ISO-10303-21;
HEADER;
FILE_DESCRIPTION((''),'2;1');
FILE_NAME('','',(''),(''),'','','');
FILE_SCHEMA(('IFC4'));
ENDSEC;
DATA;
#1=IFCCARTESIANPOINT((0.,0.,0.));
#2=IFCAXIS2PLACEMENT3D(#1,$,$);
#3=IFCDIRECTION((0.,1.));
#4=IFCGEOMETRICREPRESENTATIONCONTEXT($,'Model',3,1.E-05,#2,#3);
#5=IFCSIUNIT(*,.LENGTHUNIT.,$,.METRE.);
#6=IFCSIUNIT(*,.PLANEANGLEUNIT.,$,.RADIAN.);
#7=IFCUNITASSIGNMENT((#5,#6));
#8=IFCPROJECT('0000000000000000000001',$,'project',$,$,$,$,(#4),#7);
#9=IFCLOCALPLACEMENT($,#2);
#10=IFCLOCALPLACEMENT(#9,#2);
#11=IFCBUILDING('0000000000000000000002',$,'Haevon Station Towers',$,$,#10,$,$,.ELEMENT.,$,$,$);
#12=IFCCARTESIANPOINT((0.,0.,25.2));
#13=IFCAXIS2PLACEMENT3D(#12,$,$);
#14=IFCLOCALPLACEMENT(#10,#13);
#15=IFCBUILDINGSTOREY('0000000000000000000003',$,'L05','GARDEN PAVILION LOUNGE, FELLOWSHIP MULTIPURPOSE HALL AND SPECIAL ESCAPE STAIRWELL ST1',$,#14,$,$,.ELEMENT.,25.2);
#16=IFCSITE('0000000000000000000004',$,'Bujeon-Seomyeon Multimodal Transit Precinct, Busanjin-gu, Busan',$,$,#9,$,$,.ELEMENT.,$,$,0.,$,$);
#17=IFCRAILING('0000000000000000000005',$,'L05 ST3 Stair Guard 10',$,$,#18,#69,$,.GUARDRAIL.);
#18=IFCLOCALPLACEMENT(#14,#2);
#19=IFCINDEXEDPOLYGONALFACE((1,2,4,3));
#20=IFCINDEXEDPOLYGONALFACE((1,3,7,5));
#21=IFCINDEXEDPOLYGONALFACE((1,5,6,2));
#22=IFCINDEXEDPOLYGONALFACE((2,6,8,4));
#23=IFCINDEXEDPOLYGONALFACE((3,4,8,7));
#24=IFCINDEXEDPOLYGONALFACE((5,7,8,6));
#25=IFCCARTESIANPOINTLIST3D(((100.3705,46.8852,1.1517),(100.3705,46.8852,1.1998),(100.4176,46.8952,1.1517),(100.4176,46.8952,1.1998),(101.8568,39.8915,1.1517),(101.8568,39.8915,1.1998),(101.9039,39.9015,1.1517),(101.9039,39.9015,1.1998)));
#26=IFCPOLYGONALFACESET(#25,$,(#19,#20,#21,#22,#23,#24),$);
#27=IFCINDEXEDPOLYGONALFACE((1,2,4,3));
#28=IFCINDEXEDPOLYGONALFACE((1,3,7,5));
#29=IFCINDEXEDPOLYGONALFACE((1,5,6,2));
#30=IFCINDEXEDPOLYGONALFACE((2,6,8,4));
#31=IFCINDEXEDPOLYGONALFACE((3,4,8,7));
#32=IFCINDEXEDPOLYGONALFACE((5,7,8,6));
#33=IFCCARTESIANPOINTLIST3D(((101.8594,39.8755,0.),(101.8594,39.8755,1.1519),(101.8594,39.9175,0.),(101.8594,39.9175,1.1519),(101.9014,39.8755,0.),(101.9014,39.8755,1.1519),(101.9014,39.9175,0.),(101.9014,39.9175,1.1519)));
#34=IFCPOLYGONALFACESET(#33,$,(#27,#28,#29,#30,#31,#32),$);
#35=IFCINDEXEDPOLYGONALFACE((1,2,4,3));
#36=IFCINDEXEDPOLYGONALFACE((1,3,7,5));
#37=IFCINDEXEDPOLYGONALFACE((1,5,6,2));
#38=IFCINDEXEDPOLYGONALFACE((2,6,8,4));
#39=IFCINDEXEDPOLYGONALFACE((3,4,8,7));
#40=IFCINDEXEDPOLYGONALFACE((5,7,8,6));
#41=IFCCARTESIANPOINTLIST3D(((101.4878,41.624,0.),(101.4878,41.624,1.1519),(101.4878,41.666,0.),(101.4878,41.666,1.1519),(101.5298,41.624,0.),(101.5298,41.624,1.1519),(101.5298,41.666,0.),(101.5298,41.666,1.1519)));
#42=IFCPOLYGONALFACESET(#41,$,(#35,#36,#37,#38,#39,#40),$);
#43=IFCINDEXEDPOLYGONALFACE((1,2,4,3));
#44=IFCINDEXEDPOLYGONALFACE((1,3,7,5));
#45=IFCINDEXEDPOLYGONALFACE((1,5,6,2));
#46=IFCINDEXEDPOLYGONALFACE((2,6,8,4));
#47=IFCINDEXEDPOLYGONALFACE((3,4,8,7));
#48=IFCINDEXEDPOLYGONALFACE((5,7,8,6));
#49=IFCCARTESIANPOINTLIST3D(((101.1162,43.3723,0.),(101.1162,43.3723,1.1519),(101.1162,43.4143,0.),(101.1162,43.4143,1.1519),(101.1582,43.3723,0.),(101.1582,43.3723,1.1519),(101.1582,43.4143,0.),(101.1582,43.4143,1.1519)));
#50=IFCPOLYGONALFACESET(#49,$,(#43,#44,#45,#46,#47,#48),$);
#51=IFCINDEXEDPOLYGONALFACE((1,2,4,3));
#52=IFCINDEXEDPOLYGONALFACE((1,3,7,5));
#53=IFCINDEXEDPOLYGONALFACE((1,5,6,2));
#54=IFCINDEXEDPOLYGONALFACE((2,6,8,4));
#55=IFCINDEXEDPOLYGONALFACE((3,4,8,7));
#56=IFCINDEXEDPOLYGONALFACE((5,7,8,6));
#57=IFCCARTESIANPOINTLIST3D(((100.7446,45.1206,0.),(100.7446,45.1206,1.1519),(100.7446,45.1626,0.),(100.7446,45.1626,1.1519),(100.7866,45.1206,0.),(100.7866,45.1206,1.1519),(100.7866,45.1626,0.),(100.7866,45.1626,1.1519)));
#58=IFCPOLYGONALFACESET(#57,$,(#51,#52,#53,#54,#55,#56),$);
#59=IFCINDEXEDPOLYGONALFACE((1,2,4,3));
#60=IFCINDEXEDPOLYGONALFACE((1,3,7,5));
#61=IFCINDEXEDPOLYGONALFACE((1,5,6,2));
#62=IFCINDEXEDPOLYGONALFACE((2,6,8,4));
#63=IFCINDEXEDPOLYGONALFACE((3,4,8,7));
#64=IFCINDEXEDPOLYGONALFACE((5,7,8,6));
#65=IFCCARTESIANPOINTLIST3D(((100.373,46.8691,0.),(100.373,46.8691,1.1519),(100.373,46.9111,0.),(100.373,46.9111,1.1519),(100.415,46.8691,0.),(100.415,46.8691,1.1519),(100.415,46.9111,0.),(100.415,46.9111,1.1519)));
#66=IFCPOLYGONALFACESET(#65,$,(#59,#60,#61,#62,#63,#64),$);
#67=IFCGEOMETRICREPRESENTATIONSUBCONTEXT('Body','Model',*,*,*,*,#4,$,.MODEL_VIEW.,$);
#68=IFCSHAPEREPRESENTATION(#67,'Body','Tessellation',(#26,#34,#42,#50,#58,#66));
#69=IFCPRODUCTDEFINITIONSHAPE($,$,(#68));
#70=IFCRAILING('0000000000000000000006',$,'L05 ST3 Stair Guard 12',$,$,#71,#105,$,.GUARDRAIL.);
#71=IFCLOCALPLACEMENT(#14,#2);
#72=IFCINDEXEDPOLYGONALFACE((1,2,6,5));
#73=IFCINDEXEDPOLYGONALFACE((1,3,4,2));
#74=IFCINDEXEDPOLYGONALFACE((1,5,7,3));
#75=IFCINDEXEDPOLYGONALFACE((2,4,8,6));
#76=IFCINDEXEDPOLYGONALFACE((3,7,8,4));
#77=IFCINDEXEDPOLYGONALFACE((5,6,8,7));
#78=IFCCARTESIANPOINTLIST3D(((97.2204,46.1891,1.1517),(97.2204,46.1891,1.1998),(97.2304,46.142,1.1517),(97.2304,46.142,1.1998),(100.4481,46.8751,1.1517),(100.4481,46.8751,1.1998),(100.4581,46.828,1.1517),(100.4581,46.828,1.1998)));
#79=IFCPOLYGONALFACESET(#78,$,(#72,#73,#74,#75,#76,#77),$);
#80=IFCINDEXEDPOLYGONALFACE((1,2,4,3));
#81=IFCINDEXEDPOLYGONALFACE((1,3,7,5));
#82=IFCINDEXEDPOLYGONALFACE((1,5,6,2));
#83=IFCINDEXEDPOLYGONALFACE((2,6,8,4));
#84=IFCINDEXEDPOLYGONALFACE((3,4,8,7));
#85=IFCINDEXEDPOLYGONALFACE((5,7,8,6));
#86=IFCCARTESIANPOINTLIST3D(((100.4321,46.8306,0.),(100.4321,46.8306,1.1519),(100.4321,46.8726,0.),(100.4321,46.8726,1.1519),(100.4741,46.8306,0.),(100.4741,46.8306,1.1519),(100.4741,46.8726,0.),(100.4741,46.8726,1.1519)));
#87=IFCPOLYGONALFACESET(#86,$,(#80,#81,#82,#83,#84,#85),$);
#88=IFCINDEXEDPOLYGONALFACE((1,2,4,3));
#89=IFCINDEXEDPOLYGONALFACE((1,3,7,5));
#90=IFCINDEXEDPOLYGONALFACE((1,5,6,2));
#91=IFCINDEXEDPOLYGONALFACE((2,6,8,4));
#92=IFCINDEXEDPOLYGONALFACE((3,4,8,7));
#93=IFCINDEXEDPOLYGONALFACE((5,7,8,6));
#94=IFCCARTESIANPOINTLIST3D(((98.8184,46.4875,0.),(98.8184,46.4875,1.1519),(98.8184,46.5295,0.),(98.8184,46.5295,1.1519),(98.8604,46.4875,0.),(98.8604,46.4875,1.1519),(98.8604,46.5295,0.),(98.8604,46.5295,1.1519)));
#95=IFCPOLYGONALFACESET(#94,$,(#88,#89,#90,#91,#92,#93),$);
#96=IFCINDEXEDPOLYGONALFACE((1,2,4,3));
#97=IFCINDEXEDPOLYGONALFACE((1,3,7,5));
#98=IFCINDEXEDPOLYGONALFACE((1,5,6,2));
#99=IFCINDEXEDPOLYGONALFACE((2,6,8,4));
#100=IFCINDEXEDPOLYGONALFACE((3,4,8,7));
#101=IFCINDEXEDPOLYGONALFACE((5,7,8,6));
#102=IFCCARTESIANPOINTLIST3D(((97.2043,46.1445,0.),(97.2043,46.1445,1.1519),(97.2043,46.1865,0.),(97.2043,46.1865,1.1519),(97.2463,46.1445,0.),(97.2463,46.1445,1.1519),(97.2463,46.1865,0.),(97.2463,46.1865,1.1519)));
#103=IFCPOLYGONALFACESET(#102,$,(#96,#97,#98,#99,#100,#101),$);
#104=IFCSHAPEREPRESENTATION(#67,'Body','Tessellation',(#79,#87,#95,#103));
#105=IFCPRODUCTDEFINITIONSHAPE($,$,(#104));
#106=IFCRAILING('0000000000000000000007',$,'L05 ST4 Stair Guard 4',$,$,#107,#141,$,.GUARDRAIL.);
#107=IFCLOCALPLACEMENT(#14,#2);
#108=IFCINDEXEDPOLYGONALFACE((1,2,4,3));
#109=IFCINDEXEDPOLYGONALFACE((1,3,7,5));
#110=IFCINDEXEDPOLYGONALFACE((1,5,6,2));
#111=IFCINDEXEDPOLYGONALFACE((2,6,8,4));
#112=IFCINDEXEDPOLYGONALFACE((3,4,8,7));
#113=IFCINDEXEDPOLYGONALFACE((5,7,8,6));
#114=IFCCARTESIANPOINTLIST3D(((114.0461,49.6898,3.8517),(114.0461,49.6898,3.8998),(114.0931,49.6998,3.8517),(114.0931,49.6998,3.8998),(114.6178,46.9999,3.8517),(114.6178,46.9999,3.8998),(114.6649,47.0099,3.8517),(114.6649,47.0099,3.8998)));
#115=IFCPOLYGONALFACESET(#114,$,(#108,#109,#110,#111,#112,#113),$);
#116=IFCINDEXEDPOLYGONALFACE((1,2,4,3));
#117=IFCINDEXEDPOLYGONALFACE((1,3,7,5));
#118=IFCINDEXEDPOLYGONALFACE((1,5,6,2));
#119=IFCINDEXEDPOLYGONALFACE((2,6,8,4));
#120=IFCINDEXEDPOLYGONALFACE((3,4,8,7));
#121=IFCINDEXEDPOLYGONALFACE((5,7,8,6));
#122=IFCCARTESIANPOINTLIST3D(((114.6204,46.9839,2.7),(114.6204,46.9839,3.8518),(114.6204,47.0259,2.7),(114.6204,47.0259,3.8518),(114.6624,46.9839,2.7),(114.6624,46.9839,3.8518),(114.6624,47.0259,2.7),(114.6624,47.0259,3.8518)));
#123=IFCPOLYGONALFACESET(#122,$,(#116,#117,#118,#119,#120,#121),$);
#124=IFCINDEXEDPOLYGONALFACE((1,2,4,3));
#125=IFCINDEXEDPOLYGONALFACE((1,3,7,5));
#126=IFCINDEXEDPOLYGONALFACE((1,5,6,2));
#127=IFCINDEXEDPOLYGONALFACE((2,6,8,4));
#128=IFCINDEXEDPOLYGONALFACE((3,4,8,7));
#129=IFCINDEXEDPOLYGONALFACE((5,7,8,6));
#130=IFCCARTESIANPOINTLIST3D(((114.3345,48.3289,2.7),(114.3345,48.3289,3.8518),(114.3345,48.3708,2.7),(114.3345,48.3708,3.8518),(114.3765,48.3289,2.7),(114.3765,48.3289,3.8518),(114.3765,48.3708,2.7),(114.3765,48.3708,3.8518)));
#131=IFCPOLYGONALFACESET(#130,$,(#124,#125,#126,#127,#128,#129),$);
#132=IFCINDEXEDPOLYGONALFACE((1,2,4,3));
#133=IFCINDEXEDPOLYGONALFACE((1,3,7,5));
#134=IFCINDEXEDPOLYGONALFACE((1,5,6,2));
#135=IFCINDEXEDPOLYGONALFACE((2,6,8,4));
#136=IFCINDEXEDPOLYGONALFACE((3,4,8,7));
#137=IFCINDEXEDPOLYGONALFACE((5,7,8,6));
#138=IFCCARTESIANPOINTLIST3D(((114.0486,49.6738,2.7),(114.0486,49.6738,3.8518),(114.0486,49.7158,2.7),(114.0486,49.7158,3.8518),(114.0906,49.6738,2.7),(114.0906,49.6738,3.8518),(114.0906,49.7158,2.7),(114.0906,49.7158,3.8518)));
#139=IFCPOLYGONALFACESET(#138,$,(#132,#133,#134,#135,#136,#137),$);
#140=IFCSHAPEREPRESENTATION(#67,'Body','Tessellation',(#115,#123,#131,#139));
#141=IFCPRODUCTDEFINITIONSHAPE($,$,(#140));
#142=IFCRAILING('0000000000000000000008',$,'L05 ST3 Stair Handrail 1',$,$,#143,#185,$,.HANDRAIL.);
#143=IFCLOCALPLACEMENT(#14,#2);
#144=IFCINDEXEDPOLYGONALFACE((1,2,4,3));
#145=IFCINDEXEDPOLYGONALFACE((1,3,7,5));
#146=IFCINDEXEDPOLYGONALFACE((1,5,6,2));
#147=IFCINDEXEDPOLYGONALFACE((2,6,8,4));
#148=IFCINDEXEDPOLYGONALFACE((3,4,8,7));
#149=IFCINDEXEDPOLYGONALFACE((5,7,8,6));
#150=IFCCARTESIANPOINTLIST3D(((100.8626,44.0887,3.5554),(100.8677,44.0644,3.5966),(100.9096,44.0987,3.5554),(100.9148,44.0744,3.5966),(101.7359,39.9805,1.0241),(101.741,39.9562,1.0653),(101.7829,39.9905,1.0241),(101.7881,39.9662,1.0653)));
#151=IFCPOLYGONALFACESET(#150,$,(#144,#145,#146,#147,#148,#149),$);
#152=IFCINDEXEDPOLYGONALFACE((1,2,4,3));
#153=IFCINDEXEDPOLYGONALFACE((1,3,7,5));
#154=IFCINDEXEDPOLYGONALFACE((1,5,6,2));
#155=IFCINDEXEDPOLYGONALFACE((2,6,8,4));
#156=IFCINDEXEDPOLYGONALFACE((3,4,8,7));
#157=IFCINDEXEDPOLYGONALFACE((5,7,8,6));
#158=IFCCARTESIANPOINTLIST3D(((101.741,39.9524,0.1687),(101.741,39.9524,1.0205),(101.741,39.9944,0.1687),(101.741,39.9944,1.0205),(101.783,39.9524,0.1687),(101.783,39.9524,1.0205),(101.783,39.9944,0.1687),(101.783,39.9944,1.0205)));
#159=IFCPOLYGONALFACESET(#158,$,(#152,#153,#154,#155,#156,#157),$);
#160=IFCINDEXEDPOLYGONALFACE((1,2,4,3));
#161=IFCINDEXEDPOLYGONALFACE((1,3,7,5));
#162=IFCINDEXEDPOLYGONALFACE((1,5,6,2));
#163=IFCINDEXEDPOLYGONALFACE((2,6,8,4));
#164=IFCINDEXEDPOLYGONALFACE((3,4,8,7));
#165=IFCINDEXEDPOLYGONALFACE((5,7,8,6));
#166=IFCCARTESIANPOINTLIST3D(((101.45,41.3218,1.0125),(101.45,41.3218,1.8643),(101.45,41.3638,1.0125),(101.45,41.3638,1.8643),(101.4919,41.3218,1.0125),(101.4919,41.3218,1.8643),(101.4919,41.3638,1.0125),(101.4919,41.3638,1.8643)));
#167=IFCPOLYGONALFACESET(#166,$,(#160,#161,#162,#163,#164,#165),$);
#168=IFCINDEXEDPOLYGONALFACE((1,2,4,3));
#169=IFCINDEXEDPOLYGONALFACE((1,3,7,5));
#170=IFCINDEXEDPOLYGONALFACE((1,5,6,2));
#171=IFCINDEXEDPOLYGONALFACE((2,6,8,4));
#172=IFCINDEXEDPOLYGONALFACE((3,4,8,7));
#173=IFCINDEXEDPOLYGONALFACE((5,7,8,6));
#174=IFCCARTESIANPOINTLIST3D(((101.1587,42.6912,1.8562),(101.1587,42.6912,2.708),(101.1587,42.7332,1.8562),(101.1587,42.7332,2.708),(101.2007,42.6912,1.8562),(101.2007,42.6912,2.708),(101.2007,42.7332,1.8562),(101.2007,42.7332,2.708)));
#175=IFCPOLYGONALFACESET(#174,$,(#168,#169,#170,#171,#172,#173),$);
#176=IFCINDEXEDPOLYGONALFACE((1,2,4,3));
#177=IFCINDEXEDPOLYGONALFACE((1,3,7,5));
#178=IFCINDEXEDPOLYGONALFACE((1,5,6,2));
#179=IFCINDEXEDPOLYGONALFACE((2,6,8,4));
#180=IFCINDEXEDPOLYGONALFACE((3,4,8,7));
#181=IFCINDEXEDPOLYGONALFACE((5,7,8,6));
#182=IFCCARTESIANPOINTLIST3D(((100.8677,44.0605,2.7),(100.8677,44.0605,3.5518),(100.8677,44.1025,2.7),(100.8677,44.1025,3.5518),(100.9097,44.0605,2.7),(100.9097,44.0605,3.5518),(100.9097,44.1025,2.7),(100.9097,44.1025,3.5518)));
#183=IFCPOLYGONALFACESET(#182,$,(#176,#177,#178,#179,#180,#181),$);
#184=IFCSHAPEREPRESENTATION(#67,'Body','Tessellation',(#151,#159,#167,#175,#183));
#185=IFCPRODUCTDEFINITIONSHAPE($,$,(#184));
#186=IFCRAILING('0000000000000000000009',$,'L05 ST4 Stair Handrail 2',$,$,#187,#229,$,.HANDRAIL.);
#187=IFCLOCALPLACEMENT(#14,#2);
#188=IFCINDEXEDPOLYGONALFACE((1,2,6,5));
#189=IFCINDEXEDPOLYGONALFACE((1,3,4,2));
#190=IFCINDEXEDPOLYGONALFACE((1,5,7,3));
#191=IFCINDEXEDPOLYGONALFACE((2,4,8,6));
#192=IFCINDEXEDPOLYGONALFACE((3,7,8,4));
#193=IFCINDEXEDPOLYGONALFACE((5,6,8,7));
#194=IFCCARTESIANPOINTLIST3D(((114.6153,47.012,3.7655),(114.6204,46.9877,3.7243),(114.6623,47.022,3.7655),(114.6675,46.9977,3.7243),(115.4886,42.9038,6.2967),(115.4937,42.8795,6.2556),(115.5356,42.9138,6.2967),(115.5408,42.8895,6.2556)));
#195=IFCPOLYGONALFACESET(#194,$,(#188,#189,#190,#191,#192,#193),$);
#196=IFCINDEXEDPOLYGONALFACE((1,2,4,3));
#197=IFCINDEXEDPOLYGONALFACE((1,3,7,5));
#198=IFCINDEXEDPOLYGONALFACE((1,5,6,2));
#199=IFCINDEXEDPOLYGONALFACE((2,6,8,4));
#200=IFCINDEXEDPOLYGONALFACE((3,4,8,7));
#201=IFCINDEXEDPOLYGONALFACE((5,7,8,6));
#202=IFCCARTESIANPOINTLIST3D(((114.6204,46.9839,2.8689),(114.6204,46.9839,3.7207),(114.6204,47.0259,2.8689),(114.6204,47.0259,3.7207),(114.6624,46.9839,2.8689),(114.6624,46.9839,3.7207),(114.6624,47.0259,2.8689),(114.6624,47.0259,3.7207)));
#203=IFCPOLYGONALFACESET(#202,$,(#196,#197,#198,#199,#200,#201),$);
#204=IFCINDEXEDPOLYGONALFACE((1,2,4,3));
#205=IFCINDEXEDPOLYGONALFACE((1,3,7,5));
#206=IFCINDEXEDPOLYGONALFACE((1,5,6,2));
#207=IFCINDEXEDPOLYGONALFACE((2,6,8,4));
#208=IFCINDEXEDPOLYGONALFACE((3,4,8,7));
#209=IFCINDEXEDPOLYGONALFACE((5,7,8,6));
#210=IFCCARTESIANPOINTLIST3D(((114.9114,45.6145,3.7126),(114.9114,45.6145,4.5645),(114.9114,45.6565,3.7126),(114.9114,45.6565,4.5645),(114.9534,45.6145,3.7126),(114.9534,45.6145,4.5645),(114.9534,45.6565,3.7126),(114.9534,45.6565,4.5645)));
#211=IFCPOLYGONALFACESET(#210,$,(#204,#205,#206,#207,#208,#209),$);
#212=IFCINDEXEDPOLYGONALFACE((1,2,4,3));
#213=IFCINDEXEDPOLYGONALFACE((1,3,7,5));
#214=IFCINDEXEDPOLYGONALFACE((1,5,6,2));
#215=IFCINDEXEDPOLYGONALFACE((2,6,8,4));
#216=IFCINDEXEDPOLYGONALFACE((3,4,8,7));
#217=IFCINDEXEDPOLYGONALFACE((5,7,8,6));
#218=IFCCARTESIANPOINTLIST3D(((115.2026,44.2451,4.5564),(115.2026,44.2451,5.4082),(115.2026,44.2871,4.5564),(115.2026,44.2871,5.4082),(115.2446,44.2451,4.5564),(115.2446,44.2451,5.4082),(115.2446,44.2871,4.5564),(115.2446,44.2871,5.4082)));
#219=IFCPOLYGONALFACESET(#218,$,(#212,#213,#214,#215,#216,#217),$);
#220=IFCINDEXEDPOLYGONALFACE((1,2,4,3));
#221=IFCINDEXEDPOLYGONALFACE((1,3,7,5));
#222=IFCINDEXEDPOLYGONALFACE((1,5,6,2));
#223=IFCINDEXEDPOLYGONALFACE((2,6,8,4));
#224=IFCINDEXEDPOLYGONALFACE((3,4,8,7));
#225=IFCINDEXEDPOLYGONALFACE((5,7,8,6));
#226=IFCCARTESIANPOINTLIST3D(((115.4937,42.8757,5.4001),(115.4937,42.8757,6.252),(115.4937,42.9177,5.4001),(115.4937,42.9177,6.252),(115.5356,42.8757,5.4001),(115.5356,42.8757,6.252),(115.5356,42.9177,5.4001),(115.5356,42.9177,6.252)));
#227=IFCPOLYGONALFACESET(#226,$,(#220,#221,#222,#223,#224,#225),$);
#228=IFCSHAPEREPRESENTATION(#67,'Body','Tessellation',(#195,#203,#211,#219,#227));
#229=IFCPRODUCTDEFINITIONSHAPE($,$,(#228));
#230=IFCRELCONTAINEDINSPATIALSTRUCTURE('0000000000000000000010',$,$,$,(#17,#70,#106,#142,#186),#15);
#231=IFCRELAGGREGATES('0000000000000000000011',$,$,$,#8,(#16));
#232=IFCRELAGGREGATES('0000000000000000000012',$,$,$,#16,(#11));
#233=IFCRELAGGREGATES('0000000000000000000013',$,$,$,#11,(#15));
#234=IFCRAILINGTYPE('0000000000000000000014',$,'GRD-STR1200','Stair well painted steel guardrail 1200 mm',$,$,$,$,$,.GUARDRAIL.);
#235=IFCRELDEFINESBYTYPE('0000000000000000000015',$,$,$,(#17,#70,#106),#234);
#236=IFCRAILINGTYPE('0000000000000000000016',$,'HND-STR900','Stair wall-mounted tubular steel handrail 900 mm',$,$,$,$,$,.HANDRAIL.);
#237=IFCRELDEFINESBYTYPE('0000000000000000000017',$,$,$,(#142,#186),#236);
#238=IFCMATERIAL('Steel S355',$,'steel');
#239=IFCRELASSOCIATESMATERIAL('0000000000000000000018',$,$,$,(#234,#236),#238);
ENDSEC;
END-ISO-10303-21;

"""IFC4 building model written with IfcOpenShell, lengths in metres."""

from ifc_helpers import new_model, si_unit, direction, frame, origin, origin_2d, place, context, subcontext, project, spatial, rectangle, extrude, material, type_object, element, save


model = new_model("IFC4")

# Units and contexts
model_context = context("Model", 3, precision=1e-05, world=origin(), true_north=direction((0.0, 1.0)))
body_context = subcontext(model_context, "Body", "Model", "MODEL_VIEW")
ifc_project = project(units=[si_unit("LENGTHUNIT", "METRE"), si_unit("PLANEANGLEUNIT", "RADIAN")], contexts=[model_context])

# Site, building, storey
site_placement = place(None, origin())
site = spatial("IfcSite", under=ifc_project, at=site_placement, Name="Bujeon-Seomyeon Multimodal Transit Precinct, Busanjin-gu, Busan", CompositionType="ELEMENT", RefElevation=0.0)
building_placement = place(site_placement, origin())
building = spatial("IfcBuilding", under=site, at=building_placement, Name="Haevon Station Towers", CompositionType="ELEMENT")
storey_placement = place(building_placement, frame((0.0, 0.0, 25.2)))
storey = spatial("IfcBuildingStorey", under=building, at=storey_placement, Name="L05", Description="GARDEN PAVILION LOUNGE, FELLOWSHIP MULTIPURPOSE HALL AND SPECIAL ESCAPE STAIRWELL ST1", CompositionType="ELEMENT", Elevation=25.2)

# Railings
ifc_material_1 = material(Name="Steel S355", Category="steel")
railing_type_1 = type_object("IfcRailingType", Name="GRD-STR1200", Description="Stair well painted steel guardrail 1200 mm", PredefinedType="GUARDRAIL", material=ifc_material_1)
railing_1_placement = place(storey_placement, frame((101.8804, 39.8965, 0.0)))
element("IfcRailing", 1, at=railing_1_placement, inside=storey, type_object=railing_type_1, Name="L05 ST3 Stair Guard 10", PredefinedType="GUARDRAIL", context=body_context, shape_type="SweptSolid", body=[
    extrude(rectangle(XDim=0.0481, YDim=0.0481, at=origin_2d()), frame((0.0, 0.0, 1.1758), z_axis=(-0.207882, 0.978154, 0.0), x_axis=(-0.978154, -0.207882, 0.0)), (0.0, 0.0, 1.0), 7.1499),
    extrude(rectangle(XDim=0.042, YDim=0.042, at=origin_2d()), origin(), (0.0, 0.0, 1.0), 1.1519),
    extrude(rectangle(XDim=0.042, YDim=0.042, at=origin_2d()), frame((-0.3716, 1.7485, 0.0)), (0.0, 0.0, 1.0), 1.1519),
    extrude(rectangle(XDim=0.042, YDim=0.042, at=origin_2d()), frame((-0.7432, 3.4968, 0.0)), (0.0, 0.0, 1.0), 1.1519),
    extrude(rectangle(XDim=0.042, YDim=0.042, at=origin_2d()), frame((-1.1147, 5.2451, 0.0)), (0.0, 0.0, 1.0), 1.1519),
    extrude(rectangle(XDim=0.042, YDim=0.042, at=origin_2d()), frame((-1.4863, 6.9937, 0.0)), (0.0, 0.0, 1.0), 1.1519),
])
railing_2_placement = place(storey_placement, frame((100.4531, 46.8516, 0.0)))
element("IfcRailing", 2, at=railing_2_placement, inside=storey, type_object=railing_type_1, Name="L05 ST3 Stair Guard 12", PredefinedType="GUARDRAIL", context=body_context, shape_type="SweptSolid", body=[
    extrude(rectangle(XDim=0.0481, YDim=0.0481, at=origin_2d()), frame((0.0, 0.0, 1.1758), z_axis=(-0.978151, -0.207897, 0.0), x_axis=(0.207897, -0.978151, 0.0)), (0.0, 0.0, 1.0), 3.2998),
    extrude(rectangle(XDim=0.042, YDim=0.042, at=origin_2d()), origin(), (0.0, 0.0, 1.0), 1.1519),
    extrude(rectangle(XDim=0.042, YDim=0.042, at=origin_2d()), frame((-1.6138, -0.343, 0.0)), (0.0, 0.0, 1.0), 1.1519),
    extrude(rectangle(XDim=0.042, YDim=0.042, at=origin_2d()), frame((-3.2278, -0.686, 0.0)), (0.0, 0.0, 1.0), 1.1519),
])
railing_3_placement = place(storey_placement, frame((114.6414, 47.0049, 2.7)))
element("IfcRailing", 3, at=railing_3_placement, inside=storey, type_object=railing_type_1, Name="L05 ST4 Stair Guard 4", PredefinedType="GUARDRAIL", context=body_context, shape_type="SweptSolid", body=[
    extrude(rectangle(XDim=0.0481, YDim=0.0481, at=origin_2d()), frame((0.0, 0.0, 1.1758), z_axis=(-0.207916, 0.978147, 0.0), x_axis=(-0.978147, -0.207916, 0.0)), (0.0, 0.0, 1.0), 2.75),
    extrude(rectangle(XDim=0.042, YDim=0.042, at=origin_2d()), origin(), (0.0, 0.0, 1.0), 1.1519),
    extrude(rectangle(XDim=0.042, YDim=0.042, at=origin_2d()), frame((-0.2859, 1.345, 0.0)), (0.0, 0.0, 1.0), 1.1519),
    extrude(rectangle(XDim=0.042, YDim=0.042, at=origin_2d()), frame((-0.5718, 2.6899, 0.0)), (0.0, 0.0, 1.0), 1.1519),
])
railing_type_2 = type_object("IfcRailingType", Name="HND-STR900", Description="Stair wall-mounted tubular steel handrail 900 mm", PredefinedType="HANDRAIL", material=ifc_material_1)
railing_4_placement = place(storey_placement, frame((101.762, 39.9734, 0.1687)))
element("IfcRailing", 4, at=railing_4_placement, inside=storey, type_object=railing_type_2, Name="L05 ST3 Stair Handrail 1", PredefinedType="HANDRAIL", context=body_context, shape_type="SweptSolid", body=[
    extrude(rectangle(XDim=0.0481, YDim=0.0481, at=origin_2d()), frame((0.0, 0.0, 0.876), z_axis=(-0.178086, 0.837757, 0.516186), x_axis=(-0.978144, -0.207929, 0.0)), (0.0, 0.0, 1.0), 4.9038),
    extrude(rectangle(XDim=0.042, YDim=0.042, at=origin_2d()), origin(), (0.0, 0.0, 1.0), 0.8518),
    extrude(rectangle(XDim=0.042, YDim=0.042, at=origin_2d()), frame((-0.291, 1.3694, 0.8438)), (0.0, 0.0, 1.0), 0.8518),
    extrude(rectangle(XDim=0.042, YDim=0.042, at=origin_2d()), frame((-0.5823, 2.7388, 1.6875)), (0.0, 0.0, 1.0), 0.8518),
    extrude(rectangle(XDim=0.042, YDim=0.042, at=origin_2d()), frame((-0.8733, 4.1082, 2.5312)), (0.0, 0.0, 1.0), 0.8518),
])
railing_5_placement = place(storey_placement, frame((114.6414, 47.0049, 2.8689)))
element("IfcRailing", 5, at=railing_5_placement, inside=storey, type_object=railing_type_2, Name="L05 ST4 Stair Handrail 2", PredefinedType="HANDRAIL", context=body_context, shape_type="SweptSolid", body=[
    extrude(rectangle(XDim=0.0481, YDim=0.0481, at=origin_2d()), frame((0.0, 0.0, 0.876), z_axis=(0.178086, -0.837757, 0.516186), x_axis=(0.978144, 0.207929, 0.0)), (0.0, 0.0, 1.0), 4.9038),
    extrude(rectangle(XDim=0.042, YDim=0.042, at=origin_2d()), origin(), (0.0, 0.0, 1.0), 0.8518),
    extrude(rectangle(XDim=0.042, YDim=0.042, at=origin_2d()), frame((0.291, -1.3694, 0.8438)), (0.0, 0.0, 1.0), 0.8518),
    extrude(rectangle(XDim=0.042, YDim=0.042, at=origin_2d()), frame((0.5823, -2.7388, 1.6875)), (0.0, 0.0, 1.0), 0.8518),
    extrude(rectangle(XDim=0.042, YDim=0.042, at=origin_2d()), frame((0.8733, -4.1082, 2.5312)), (0.0, 0.0, 1.0), 0.8518),
])

save(model, "model.ifc")
